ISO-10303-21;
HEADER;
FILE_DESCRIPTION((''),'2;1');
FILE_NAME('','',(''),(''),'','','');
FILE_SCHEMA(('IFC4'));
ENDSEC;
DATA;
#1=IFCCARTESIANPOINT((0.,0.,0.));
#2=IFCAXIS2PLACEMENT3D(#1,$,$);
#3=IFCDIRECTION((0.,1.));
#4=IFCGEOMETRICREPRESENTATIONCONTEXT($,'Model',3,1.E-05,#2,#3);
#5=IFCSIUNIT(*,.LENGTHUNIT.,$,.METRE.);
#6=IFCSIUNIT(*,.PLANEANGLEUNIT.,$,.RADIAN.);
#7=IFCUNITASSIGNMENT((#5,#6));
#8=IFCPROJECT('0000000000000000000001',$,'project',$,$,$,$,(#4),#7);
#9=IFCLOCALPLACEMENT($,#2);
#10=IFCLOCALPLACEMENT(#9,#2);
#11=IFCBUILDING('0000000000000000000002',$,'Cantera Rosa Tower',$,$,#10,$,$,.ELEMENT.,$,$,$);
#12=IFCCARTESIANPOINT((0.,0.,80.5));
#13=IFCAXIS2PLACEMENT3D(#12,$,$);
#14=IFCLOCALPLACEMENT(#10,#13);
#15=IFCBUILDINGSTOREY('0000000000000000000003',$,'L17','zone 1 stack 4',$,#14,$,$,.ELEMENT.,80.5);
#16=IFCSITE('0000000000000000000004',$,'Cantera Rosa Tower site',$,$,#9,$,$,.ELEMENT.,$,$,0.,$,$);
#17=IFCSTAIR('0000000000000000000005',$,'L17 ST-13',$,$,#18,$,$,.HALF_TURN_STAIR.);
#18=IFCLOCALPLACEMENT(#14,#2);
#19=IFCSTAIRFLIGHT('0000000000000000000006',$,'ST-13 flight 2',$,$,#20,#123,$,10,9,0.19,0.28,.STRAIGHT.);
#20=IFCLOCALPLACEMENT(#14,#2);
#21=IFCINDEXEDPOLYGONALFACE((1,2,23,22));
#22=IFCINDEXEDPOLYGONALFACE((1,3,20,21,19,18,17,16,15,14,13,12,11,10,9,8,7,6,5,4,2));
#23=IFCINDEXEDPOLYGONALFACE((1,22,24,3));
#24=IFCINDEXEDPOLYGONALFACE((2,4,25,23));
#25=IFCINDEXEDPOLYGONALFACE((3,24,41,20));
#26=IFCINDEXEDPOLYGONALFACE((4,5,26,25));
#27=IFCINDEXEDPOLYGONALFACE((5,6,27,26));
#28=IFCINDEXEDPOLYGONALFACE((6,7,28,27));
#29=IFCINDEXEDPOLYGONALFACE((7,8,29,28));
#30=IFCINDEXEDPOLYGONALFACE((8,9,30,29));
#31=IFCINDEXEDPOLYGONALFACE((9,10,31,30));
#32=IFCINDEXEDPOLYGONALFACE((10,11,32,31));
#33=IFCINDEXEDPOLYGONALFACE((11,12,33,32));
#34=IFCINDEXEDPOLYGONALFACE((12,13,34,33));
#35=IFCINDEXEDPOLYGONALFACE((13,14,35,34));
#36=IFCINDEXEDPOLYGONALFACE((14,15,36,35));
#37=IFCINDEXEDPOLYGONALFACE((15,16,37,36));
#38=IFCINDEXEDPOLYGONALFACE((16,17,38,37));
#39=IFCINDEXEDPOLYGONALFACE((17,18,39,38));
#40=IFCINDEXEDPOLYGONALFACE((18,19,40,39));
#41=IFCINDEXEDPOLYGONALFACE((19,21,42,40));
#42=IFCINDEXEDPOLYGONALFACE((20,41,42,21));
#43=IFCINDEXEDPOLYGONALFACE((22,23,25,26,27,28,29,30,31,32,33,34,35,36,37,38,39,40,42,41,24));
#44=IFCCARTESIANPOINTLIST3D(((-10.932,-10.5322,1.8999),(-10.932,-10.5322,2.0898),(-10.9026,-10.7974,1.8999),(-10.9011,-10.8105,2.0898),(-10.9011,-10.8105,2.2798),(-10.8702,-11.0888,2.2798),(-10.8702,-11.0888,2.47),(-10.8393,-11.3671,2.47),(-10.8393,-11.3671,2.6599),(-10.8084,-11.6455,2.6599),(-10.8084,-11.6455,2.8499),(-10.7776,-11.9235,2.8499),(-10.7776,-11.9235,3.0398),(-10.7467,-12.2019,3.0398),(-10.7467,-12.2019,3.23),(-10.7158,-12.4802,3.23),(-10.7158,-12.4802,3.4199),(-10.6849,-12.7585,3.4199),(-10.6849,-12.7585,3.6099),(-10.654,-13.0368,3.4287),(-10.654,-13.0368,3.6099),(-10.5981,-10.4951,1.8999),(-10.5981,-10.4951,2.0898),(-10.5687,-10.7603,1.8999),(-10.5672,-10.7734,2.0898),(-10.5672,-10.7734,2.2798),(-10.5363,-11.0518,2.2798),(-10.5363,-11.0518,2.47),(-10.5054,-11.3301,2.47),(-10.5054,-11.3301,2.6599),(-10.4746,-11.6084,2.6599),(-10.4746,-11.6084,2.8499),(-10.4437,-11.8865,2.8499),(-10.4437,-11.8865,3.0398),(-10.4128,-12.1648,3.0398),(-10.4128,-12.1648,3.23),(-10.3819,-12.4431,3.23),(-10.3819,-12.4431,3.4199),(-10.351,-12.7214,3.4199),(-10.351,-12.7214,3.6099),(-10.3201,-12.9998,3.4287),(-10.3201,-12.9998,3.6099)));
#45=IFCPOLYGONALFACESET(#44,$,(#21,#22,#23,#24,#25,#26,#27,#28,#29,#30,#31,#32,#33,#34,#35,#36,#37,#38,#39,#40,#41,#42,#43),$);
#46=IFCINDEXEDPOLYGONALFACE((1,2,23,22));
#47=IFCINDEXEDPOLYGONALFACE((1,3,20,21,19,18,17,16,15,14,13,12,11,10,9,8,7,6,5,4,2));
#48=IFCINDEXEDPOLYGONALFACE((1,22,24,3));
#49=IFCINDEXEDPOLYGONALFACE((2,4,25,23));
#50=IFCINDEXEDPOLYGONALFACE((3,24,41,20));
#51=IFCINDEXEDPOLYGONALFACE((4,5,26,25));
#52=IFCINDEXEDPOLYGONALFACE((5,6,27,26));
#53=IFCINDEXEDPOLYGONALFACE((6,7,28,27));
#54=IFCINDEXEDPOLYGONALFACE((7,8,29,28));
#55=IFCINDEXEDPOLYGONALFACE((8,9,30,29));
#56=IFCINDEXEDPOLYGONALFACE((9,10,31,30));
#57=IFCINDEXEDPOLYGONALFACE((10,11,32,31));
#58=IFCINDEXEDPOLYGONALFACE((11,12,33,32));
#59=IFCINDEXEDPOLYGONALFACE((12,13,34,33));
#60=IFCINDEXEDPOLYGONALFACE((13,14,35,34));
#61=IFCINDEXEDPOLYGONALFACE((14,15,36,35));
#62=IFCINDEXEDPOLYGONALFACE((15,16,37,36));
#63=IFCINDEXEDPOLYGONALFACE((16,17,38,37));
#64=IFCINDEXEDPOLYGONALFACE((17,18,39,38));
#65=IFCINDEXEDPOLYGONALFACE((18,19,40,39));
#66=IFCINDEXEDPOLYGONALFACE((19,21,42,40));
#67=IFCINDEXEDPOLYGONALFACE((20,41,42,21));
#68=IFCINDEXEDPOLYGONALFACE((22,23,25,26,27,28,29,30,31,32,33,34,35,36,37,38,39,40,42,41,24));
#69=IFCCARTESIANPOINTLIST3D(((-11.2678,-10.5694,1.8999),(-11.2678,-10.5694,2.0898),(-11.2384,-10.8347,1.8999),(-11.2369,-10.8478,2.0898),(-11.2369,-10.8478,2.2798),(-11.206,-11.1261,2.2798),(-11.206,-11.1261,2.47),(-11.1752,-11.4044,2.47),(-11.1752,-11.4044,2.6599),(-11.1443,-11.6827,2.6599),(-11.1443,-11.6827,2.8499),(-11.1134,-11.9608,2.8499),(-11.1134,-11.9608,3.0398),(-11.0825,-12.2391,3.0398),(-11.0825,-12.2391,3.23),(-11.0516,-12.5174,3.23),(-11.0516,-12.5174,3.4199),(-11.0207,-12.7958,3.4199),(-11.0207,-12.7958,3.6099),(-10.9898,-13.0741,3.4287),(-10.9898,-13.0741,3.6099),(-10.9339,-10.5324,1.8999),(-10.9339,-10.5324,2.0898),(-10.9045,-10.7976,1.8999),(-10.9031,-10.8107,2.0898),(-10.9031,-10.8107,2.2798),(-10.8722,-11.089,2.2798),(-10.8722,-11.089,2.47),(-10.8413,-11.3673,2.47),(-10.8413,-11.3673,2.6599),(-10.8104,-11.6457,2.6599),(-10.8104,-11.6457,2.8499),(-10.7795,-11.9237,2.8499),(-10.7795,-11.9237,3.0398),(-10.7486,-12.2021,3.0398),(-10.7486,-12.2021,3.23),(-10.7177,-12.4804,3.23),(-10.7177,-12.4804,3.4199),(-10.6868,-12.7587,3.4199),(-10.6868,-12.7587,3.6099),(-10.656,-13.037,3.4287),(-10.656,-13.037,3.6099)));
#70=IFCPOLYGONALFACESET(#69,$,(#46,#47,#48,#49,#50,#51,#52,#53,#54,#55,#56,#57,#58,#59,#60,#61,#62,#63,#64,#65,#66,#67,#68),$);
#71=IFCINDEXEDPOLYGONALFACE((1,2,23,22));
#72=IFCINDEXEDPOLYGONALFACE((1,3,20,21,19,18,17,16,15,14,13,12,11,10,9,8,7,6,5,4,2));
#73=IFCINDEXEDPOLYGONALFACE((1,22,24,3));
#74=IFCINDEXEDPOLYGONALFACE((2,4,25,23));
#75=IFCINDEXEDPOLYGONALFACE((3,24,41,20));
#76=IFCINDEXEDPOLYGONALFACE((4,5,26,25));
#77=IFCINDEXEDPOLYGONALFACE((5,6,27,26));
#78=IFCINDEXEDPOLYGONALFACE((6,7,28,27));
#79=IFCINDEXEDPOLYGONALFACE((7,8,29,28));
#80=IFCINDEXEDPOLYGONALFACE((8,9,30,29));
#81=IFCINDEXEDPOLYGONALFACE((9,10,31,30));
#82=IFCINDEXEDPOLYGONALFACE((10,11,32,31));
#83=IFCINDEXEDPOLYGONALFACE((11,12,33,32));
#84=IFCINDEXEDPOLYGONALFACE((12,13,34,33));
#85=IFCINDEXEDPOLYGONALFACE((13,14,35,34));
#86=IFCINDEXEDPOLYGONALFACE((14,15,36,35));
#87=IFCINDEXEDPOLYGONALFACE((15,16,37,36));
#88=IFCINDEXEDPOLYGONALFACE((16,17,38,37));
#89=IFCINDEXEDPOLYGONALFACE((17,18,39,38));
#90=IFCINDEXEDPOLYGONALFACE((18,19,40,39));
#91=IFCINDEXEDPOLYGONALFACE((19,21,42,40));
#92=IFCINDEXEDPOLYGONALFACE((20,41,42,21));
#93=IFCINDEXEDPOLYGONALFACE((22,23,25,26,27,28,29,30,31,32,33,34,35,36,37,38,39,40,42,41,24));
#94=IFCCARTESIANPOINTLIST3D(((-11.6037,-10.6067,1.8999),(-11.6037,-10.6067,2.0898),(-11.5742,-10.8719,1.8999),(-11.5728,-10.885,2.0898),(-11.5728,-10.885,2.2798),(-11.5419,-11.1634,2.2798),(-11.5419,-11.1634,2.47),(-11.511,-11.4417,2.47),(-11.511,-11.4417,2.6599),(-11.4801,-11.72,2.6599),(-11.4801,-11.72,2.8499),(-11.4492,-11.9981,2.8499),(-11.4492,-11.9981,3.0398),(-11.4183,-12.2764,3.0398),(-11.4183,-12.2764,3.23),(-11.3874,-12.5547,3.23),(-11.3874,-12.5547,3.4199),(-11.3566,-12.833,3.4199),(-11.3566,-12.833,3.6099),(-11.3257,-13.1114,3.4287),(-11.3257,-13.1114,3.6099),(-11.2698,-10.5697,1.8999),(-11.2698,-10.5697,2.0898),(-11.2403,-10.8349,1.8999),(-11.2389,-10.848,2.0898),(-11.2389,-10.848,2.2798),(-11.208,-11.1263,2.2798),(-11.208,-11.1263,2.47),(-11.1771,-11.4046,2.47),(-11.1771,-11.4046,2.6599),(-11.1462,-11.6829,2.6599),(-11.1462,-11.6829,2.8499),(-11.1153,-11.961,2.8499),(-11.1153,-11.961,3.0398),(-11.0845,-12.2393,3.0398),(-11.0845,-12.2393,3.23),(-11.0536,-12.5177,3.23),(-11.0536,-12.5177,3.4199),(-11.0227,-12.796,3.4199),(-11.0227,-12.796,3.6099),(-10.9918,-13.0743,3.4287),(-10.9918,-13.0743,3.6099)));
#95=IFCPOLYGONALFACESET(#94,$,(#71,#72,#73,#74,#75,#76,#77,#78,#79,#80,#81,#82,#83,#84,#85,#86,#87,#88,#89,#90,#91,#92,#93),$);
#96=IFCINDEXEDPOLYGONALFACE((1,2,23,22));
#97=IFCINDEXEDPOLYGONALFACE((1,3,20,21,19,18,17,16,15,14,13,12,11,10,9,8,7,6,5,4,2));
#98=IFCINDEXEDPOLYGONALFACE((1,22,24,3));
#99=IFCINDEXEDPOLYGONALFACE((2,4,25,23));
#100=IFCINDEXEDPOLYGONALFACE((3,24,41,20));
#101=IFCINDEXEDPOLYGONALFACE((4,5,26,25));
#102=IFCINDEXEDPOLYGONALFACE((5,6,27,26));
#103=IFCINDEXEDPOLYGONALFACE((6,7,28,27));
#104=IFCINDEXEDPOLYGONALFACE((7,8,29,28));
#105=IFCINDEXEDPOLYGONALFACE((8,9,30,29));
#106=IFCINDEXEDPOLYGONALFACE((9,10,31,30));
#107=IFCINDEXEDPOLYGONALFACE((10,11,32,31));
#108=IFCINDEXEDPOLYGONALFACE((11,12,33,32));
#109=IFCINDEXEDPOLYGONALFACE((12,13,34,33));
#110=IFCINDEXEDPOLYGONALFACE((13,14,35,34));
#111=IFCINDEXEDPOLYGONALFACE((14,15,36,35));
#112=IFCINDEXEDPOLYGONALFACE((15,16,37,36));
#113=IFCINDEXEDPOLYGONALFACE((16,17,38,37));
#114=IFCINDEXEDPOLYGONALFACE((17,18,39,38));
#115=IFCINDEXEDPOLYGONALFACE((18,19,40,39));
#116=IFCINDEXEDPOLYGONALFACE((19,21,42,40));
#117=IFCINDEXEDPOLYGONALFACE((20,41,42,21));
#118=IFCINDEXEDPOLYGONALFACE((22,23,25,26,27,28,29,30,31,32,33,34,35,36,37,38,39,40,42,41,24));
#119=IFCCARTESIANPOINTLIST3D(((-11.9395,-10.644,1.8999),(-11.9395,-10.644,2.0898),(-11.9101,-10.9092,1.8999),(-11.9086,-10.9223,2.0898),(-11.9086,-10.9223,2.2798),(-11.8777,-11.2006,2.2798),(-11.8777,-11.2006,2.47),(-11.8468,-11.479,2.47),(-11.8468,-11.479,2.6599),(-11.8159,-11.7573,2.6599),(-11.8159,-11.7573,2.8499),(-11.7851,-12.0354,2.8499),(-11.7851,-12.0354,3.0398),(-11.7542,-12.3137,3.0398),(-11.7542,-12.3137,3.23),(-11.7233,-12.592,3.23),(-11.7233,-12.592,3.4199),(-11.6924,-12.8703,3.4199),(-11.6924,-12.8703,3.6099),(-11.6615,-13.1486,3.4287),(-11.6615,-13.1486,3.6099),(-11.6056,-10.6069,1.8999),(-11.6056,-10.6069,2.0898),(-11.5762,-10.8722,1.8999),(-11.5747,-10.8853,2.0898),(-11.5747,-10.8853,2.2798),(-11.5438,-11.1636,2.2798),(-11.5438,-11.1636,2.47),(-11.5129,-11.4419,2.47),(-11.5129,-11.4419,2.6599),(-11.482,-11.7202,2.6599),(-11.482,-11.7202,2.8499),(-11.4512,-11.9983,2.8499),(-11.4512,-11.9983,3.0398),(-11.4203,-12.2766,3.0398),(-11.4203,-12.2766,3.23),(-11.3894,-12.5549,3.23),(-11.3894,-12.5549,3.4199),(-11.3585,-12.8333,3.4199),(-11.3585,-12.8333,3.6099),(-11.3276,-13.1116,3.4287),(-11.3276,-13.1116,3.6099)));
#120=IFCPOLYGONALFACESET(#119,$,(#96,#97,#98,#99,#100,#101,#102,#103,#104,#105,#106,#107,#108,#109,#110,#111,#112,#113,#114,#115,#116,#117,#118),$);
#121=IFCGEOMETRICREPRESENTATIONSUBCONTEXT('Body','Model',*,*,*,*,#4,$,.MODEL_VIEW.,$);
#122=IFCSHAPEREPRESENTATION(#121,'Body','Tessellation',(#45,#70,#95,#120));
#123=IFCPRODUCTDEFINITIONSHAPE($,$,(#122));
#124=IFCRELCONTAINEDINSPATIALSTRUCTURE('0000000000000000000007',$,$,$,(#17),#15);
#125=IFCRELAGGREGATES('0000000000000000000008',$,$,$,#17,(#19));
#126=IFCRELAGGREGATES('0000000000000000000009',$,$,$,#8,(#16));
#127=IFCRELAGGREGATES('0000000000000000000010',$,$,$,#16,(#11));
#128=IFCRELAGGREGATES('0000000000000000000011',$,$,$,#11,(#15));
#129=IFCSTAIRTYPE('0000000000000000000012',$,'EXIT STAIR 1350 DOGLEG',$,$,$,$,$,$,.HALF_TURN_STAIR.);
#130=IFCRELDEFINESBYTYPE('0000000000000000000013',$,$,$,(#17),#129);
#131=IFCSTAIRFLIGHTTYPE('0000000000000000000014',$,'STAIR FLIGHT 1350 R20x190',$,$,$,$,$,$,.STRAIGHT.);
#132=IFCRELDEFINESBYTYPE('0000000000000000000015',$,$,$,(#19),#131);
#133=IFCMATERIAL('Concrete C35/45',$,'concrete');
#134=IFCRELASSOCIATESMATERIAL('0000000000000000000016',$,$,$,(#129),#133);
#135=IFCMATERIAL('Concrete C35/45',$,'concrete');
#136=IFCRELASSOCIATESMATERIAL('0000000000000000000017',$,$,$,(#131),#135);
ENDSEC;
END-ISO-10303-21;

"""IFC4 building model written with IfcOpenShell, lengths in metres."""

from ifc_helpers import new_model, si_unit, direction, frame, origin, place, context, subcontext, project, spatial, polyline, outline, extrude, material, type_object, element, aggregate, save


model = new_model("IFC4")

# Units and contexts
model_context = context("Model", 3, precision=1e-05, world=origin(), true_north=direction((0.0, 1.0)))
body_context = subcontext(model_context, "Body", "Model", "MODEL_VIEW")
ifc_project = project(units=[si_unit("LENGTHUNIT", "METRE"), si_unit("PLANEANGLEUNIT", "RADIAN")], contexts=[model_context])

# Site, building, storey
site_placement = place(None, origin())
site = spatial("IfcSite", under=ifc_project, at=site_placement, Name="Cantera Rosa Tower site", CompositionType="ELEMENT", RefElevation=0.0)
building_placement = place(site_placement, origin())
building = spatial("IfcBuilding", under=site, at=building_placement, Name="Cantera Rosa Tower", CompositionType="ELEMENT")
storey_placement = place(building_placement, frame((0.0, 0.0, 80.5)))
storey = spatial("IfcBuildingStorey", under=building, at=storey_placement, Name="L17", Description="zone 1 stack 4", CompositionType="ELEMENT", Elevation=80.5)

# Stair, stair flight
ifc_material_1 = material(Name="Concrete C35/45", Category="concrete")
stair_type = type_object("IfcStairType", Name="EXIT STAIR 1350 DOGLEG", PredefinedType="HALF_TURN_STAIR", material=ifc_material_1)
stair_placement = place(storey_placement, origin())
stair = element("IfcStair", 1, at=stair_placement, inside=storey, type_object=stair_type, Name="L17 ST-13", PredefinedType="HALF_TURN_STAIR")
ifc_material_2 = material(Name="Concrete C35/45", Category="concrete")
stair_flight_type = type_object("IfcStairFlightType", Name="STAIR FLIGHT 1350 R20x190", PredefinedType="STRAIGHT", material=ifc_material_2)
stair_flight_placement = place(storey_placement, frame((-11.269, -10.5696, 1.8999), z_axis=(0.0, 0.0, 1.0), x_axis=(0.110313, -0.993897, 0.0)))
stair_flight = element("IfcStairFlight", 2, at=stair_flight_placement, type_object=stair_flight_type, Name="ST-13 flight 2", NumberOfRisers=10, NumberOfTreads=9, PredefinedType="STRAIGHT", RiserHeight=0.19, TreadLength=0.28, context=body_context, shape_type="SweptSolid", body=[
    extrude(outline(polyline([(0.0, 0.0), (0.0, 0.1899), (0.28, 0.1899), (0.28, 0.3799), (0.5601, 0.3799), (0.5601, 0.5701), (0.8401, 0.5701), (0.8401, 0.76), (1.1201, 0.76), (1.1201, 0.95), (1.3999, 0.95), (1.3999, 1.1399), (1.6799, 1.1399), (1.6799, 1.3301), (1.96, 1.3301), (1.96, 1.52), (2.24, 1.52), (2.24, 1.71), (2.52, 1.71), (2.52, 1.8999), (2.52, 1.5288), (0.2668, 0.0), (0.0, 0.0)])), frame((0.0, 0.675, 0.0), z_axis=(0.0, -1.0, 0.0), x_axis=(1.0, 0.0, 0.0)), (0.0, 0.0, 1.0), 0.3359),
    extrude(outline(polyline([(0.0, 0.0), (0.0, 0.1899), (0.28, 0.1899), (0.28, 0.3799), (0.5601, 0.3799), (0.5601, 0.5701), (0.8401, 0.5701), (0.8401, 0.76), (1.1201, 0.76), (1.1201, 0.95), (1.3999, 0.95), (1.3999, 1.1399), (1.6799, 1.1399), (1.6799, 1.3301), (1.96, 1.3301), (1.96, 1.52), (2.24, 1.52), (2.24, 1.71), (2.52, 1.71), (2.52, 1.8999), (2.52, 1.5288), (0.2668, 0.0), (0.0, 0.0)])), frame((0.0, 0.3372, 0.0), z_axis=(0.0, -1.0, 0.0), x_axis=(1.0, 0.0, 0.0)), (0.0, 0.0, 1.0), 0.3359),
    extrude(outline(polyline([(0.0, 0.0), (0.0, 0.1899), (0.28, 0.1899), (0.28, 0.3799), (0.5601, 0.3799), (0.5601, 0.5701), (0.8401, 0.5701), (0.8401, 0.76), (1.1201, 0.76), (1.1201, 0.95), (1.3999, 0.95), (1.3999, 1.1399), (1.6799, 1.1399), (1.6799, 1.3301), (1.96, 1.3301), (1.96, 1.52), (2.24, 1.52), (2.24, 1.71), (2.52, 1.71), (2.52, 1.8999), (2.52, 1.5288), (0.2668, 0.0), (0.0, 0.0)])), frame((0.0, -0.0007, 0.0), z_axis=(0.0, -1.0, 0.0), x_axis=(1.0, 0.0, 0.0)), (0.0, 0.0, 1.0), 0.3359),
    extrude(outline(polyline([(0.0, 0.0), (0.0, 0.1899), (0.28, 0.1899), (0.28, 0.3799), (0.5601, 0.3799), (0.5601, 0.5701), (0.8401, 0.5701), (0.8401, 0.76), (1.1201, 0.76), (1.1201, 0.95), (1.3999, 0.95), (1.3999, 1.1399), (1.6799, 1.1399), (1.6799, 1.3301), (1.96, 1.3301), (1.96, 1.52), (2.24, 1.52), (2.24, 1.71), (2.52, 1.71), (2.52, 1.8999), (2.52, 1.5288), (0.2668, 0.0), (0.0, 0.0)])), frame((0.0, -0.3386, 0.0), z_axis=(0.0, -1.0, 0.0), x_axis=(1.0, 0.0, 0.0)), (0.0, 0.0, 1.0), 0.3359),
])
aggregate(stair, [stair_flight])

save(model, "model.ifc")
